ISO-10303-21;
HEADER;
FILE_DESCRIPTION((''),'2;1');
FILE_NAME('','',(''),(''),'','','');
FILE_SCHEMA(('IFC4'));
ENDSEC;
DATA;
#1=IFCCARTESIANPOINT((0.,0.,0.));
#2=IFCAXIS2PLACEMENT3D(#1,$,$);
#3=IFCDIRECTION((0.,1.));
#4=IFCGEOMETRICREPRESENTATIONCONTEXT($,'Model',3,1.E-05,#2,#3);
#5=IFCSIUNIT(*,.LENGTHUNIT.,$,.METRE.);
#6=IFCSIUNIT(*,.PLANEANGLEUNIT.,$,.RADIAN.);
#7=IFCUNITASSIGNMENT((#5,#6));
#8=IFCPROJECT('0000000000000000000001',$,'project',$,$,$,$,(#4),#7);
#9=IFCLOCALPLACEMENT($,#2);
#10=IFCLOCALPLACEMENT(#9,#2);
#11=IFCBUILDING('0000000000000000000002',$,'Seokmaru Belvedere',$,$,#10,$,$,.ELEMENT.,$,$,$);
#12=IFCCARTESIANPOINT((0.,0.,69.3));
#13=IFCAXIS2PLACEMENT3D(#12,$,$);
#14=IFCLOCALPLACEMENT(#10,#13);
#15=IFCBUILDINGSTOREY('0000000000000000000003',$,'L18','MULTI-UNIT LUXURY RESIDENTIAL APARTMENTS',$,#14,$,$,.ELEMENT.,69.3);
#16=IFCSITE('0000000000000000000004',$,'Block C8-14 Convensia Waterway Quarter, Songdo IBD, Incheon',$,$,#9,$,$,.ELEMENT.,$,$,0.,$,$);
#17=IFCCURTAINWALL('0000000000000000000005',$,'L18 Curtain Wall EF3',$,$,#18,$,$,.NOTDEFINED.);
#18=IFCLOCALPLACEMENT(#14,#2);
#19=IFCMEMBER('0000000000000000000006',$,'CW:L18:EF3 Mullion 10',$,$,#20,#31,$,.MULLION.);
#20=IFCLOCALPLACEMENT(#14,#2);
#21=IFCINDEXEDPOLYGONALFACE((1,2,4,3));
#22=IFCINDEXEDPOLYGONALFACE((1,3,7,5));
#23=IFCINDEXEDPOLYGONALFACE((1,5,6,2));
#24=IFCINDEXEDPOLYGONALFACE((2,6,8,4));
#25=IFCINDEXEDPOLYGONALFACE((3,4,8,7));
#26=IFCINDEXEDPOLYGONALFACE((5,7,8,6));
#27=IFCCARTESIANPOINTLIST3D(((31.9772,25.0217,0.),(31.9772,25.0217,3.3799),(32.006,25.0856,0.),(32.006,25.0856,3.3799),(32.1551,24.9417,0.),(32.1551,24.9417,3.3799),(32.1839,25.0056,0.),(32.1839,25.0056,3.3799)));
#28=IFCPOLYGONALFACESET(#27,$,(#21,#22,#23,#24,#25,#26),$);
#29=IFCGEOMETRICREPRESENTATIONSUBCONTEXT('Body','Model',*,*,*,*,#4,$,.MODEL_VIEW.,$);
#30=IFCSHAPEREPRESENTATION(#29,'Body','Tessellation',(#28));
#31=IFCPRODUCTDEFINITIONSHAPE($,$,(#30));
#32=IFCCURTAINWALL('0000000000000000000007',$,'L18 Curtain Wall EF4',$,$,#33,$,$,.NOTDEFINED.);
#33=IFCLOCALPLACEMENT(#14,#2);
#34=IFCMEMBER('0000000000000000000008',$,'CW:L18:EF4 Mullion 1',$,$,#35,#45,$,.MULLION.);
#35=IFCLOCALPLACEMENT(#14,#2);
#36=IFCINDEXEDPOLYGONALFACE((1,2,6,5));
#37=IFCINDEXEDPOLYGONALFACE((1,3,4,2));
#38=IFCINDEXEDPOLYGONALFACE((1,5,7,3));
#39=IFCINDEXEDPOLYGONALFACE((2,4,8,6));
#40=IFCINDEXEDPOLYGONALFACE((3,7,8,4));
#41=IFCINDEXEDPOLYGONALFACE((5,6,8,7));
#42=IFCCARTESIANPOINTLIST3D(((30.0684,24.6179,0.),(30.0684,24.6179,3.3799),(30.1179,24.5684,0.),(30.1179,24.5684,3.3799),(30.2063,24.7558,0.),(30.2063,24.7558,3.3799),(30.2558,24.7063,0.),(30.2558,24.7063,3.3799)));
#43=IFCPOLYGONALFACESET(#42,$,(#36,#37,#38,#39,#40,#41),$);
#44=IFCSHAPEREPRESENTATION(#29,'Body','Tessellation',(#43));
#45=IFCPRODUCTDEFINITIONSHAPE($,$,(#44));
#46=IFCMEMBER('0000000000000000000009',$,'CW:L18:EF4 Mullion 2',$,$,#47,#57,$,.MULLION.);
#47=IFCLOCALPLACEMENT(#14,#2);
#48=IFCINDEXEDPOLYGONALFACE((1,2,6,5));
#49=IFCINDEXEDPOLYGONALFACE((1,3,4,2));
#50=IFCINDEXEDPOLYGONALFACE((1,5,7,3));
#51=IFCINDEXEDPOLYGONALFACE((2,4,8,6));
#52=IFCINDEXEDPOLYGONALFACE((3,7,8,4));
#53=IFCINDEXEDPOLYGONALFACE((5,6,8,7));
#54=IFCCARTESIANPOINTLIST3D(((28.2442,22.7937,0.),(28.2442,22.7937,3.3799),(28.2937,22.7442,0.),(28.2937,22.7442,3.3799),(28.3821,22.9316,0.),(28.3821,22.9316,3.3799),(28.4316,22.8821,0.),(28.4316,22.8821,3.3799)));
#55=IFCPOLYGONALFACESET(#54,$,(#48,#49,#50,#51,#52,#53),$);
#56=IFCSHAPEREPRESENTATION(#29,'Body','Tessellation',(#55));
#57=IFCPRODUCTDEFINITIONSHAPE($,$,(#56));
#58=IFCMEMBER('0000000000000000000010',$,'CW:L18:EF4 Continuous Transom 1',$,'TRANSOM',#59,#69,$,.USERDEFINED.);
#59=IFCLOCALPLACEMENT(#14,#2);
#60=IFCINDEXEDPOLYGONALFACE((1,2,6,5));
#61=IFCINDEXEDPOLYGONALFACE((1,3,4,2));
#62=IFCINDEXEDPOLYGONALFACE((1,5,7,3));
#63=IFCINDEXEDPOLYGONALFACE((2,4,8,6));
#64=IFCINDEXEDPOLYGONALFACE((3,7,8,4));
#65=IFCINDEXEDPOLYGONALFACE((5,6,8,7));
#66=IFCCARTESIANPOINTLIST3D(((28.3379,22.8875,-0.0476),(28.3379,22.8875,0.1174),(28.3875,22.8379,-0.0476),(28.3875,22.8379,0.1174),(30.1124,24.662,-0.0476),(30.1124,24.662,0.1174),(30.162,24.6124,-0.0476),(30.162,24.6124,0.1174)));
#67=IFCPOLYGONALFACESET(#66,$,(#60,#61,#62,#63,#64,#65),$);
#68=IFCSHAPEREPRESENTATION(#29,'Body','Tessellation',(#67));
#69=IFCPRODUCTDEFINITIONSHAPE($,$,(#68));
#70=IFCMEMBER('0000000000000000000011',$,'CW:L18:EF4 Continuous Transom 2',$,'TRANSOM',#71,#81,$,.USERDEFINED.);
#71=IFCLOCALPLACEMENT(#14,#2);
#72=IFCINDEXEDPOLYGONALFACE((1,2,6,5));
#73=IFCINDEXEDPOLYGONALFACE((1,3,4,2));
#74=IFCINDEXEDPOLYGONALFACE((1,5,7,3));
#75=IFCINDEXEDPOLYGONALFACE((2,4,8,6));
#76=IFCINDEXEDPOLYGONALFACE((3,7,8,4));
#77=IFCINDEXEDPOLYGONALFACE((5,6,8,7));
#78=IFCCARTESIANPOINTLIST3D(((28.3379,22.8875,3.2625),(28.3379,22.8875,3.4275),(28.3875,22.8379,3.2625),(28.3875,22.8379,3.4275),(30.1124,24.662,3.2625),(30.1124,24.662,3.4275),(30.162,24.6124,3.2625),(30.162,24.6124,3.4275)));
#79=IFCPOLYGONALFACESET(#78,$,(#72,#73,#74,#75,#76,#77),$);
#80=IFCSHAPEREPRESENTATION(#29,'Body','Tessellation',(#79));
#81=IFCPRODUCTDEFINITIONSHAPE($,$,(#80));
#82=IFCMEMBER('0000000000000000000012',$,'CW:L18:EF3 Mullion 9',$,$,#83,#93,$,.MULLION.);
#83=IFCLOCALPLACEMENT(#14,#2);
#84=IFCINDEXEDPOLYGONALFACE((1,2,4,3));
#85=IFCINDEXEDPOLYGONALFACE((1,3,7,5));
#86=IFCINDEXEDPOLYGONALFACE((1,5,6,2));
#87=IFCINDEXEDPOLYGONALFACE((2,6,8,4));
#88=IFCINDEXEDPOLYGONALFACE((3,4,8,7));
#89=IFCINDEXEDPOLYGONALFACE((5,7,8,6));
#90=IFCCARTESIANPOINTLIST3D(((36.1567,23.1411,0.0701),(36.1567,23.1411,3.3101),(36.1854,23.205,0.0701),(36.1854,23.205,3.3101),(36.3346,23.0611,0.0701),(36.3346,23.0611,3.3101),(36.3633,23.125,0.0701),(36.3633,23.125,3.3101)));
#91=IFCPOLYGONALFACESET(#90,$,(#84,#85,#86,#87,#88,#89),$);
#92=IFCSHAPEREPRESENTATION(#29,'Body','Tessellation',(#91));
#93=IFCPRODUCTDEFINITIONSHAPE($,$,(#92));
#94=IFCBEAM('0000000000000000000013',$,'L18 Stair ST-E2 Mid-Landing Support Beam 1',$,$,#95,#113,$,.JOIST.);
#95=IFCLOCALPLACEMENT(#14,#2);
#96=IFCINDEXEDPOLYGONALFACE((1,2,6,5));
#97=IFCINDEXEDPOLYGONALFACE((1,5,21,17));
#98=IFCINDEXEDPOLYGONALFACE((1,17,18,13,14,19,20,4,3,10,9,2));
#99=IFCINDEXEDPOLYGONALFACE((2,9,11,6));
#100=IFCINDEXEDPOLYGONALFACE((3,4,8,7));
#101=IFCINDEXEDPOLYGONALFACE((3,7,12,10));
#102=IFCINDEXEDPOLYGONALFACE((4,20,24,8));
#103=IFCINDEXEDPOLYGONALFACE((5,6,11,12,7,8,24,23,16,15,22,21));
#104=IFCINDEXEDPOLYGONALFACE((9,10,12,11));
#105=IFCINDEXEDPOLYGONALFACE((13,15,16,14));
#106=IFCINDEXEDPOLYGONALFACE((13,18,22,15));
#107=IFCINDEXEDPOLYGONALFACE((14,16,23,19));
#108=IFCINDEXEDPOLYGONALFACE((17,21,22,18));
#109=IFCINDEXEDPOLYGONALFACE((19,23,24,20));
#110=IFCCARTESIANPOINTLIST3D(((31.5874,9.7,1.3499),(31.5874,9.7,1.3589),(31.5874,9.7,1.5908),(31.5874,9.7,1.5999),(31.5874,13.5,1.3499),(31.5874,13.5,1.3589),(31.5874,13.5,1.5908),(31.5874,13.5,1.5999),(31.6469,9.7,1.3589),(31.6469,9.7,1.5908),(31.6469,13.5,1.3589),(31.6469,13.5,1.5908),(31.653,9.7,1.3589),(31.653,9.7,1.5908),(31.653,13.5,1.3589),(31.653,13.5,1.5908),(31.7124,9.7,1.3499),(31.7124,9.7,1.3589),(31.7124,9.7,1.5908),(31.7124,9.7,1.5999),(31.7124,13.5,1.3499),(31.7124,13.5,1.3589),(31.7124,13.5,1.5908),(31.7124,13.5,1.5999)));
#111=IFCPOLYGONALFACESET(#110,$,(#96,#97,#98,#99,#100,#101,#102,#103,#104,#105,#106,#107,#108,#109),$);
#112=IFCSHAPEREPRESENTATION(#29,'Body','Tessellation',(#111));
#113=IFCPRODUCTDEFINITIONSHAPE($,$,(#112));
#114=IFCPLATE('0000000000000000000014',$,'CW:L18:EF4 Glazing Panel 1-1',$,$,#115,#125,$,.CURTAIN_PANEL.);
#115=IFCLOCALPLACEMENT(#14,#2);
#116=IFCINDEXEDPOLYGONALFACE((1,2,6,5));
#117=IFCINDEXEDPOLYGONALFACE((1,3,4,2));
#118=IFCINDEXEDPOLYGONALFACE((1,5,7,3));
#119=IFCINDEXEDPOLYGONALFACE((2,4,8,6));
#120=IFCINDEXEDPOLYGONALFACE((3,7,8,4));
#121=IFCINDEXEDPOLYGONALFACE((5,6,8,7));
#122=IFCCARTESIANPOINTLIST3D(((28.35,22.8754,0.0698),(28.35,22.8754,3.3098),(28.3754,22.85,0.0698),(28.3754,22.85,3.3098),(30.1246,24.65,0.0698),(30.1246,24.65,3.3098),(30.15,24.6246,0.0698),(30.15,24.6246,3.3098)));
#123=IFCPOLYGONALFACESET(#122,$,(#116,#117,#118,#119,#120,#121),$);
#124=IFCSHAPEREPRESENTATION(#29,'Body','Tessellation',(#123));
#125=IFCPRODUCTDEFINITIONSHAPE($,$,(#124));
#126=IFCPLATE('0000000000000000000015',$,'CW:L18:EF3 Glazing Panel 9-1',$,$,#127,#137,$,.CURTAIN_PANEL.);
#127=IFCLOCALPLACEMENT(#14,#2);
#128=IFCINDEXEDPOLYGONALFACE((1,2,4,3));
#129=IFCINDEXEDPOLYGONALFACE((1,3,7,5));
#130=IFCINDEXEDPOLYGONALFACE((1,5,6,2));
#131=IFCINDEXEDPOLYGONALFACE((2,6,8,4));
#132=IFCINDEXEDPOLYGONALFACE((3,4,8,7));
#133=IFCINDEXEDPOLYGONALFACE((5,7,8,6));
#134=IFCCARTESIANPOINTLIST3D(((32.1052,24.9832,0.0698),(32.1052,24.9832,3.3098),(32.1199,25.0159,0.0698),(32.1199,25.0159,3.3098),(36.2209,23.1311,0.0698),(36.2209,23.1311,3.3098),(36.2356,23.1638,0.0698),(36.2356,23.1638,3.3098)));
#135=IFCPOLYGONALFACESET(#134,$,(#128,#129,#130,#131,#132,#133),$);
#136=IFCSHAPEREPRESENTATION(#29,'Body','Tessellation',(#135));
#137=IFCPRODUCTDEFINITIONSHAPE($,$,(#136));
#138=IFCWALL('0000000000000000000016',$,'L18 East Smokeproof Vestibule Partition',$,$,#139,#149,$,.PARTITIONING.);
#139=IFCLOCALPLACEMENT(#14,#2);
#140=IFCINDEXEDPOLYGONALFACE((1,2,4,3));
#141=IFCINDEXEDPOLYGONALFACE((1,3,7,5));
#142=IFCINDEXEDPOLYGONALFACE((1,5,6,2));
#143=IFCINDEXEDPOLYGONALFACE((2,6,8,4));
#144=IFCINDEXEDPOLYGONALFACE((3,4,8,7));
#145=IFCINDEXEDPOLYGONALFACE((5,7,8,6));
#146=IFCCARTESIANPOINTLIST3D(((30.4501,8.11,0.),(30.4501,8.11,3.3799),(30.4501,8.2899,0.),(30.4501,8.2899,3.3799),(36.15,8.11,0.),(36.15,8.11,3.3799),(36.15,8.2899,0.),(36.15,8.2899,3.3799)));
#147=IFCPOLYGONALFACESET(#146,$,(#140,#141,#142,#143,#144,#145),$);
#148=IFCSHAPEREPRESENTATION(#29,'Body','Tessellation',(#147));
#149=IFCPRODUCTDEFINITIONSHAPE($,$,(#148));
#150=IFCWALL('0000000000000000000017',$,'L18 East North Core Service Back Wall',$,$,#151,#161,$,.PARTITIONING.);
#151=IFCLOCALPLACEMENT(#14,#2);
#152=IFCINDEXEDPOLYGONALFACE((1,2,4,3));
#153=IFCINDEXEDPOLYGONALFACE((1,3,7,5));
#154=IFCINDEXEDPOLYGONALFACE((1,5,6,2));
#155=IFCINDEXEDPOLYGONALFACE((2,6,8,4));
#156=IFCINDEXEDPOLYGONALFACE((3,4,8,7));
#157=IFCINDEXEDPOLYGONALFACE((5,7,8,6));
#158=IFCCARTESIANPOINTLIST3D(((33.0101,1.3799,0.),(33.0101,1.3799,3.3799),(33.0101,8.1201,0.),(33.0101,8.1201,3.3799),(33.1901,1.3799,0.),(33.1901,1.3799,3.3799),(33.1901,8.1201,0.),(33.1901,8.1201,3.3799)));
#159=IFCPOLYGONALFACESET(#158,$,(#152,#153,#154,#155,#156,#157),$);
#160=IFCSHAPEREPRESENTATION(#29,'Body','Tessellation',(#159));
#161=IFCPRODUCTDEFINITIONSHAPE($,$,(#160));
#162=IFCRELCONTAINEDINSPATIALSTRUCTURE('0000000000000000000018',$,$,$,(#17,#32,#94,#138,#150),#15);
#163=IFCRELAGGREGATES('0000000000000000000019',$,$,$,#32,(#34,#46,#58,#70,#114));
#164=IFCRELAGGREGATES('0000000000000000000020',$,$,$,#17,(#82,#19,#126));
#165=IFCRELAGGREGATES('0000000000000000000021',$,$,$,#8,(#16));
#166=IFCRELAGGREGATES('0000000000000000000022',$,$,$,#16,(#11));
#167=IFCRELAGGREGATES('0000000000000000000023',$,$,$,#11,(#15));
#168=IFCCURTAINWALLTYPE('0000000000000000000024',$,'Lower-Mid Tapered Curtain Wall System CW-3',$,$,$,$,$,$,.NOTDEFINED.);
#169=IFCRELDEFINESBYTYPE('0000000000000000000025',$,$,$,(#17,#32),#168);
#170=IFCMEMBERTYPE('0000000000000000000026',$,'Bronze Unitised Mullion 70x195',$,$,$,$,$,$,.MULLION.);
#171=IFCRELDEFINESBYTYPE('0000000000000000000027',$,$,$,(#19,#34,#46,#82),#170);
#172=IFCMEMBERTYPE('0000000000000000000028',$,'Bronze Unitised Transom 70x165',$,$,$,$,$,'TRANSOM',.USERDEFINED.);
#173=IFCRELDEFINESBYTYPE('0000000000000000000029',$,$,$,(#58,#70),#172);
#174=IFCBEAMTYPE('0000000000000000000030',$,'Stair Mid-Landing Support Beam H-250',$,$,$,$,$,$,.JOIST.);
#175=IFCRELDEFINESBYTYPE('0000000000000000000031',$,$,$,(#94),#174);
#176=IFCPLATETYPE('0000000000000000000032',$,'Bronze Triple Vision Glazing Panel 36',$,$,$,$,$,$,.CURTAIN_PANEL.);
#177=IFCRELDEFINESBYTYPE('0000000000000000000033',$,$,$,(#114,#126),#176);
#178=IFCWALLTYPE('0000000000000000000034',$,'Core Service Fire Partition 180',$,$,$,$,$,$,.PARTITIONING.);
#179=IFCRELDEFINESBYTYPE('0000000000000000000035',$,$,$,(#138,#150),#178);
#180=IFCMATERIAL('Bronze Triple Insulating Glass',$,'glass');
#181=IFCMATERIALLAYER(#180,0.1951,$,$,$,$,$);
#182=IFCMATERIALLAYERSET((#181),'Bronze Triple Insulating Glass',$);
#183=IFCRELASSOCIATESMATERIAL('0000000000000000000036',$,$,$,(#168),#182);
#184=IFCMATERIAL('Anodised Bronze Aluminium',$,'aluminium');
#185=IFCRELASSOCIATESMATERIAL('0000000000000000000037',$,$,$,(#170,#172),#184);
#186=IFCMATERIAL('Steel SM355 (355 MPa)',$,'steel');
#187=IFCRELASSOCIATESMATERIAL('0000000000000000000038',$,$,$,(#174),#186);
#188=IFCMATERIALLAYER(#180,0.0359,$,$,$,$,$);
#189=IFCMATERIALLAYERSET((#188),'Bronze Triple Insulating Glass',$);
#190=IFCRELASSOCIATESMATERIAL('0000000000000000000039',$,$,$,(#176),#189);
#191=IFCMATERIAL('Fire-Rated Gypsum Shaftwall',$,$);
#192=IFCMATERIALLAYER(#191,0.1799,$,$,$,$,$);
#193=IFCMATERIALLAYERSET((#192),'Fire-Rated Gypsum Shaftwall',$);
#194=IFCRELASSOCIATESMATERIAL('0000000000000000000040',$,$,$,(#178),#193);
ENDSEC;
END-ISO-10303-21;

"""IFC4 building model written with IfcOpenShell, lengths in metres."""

from ifc_helpers import new_model, si_unit, direction, frame, frame_2d, origin, origin_2d, place, context, subcontext, project, spatial, rectangle, i_section, extrude, source, transform, mapped, material, layer, layer_set, material_profile, profile_set, type_object, type_shapes, element, aggregate, save


model = new_model("IFC4")

# Units and contexts
model_context = context("Model", 3, precision=1e-05, world=origin(), true_north=direction((0.0, 1.0)))
body_context = subcontext(model_context, "Body", "Model", "MODEL_VIEW")
ifc_project = project(units=[si_unit("LENGTHUNIT", "METRE"), si_unit("PLANEANGLEUNIT", "RADIAN")], contexts=[model_context])

# Site, building, storey
site_placement = place(None, origin())
site = spatial("IfcSite", under=ifc_project, at=site_placement, Name="Block C8-14 Convensia Waterway Quarter, Songdo IBD, Incheon", CompositionType="ELEMENT", RefElevation=0.0)
building_placement = place(site_placement, origin())
building = spatial("IfcBuilding", under=site, at=building_placement, Name="Seokmaru Belvedere", CompositionType="ELEMENT")
storey_placement = place(building_placement, frame((0.0, 0.0, 69.3)))
storey = spatial("IfcBuildingStorey", under=building, at=storey_placement, Name="L18", Description="MULTI-UNIT LUXURY RESIDENTIAL APARTMENTS", CompositionType="ELEMENT", Elevation=69.3)

# Shared definitions
ifc_material_1 = material(Name="Steel SM355 (355 MPa)", Category="steel")

# Curtain wall, member
ifc_material_2 = material(Name="Bronze Triple Insulating Glass", Category="glass")
ifc_layer_1 = layer(ifc_material_2, 0.1951)
ifc_layer_set_1 = layer_set([ifc_layer_1], Name="Bronze Triple Insulating Glass")
curtain_wall_type = type_object("IfcCurtainWallType", Name="Lower-Mid Tapered Curtain Wall System CW-3", PredefinedType="NOTDEFINED", material=ifc_layer_set_1)
curtain_wall_1_placement = place(storey_placement, origin())
curtain_wall_1 = element("IfcCurtainWall", 1, at=curtain_wall_1_placement, inside=storey, type_object=curtain_wall_type, Name="L18 Curtain Wall EF3", PredefinedType="NOTDEFINED")
ifc_material_3 = material(Name="Anodised Bronze Aluminium", Category="aluminium")
ifc_material_profile_1 = material_profile(ifc_material_3, rectangle(XDim=0.0701, YDim=0.1951, at=origin_2d()), Name="CW-M-70x195")
ifc_profile_set_1 = profile_set([ifc_material_profile_1], Name="Anodised Bronze Aluminium")
member_type_1 = type_object("IfcMemberType", Name="Bronze Unitised Mullion 70x195", PredefinedType="MULLION", material=ifc_profile_set_1)
shared_shape_1 = source(origin(), body_context, "Body", "SweptSolid", [
    extrude(rectangle(XDim=0.0701, YDim=0.1951, at=origin_2d()), origin(), (0.0, 0.0, 1.0), 3.3799),
])
member_1_placement = place(storey_placement, frame((32.0806, 25.0137, 0.0), z_axis=(0.0, 0.0, 1.0), x_axis=(-0.410366, -0.911921, 0.0)))
member_1 = element("IfcMember", 2, at=member_1_placement, type_object=member_type_1, Name="CW:L18:EF3 Mullion 10", PredefinedType="MULLION", context=body_context, shape_type="MappedRepresentation", body=[
    mapped(shared_shape_1, transform((0.0, 0.0, 0.0), scale=1.0)),
])

# Curtain wall, members
curtain_wall_2_placement = place(storey_placement, origin())
curtain_wall_2 = element("IfcCurtainWall", 3, at=curtain_wall_2_placement, inside=storey, type_object=curtain_wall_type, Name="L18 Curtain Wall EF4", PredefinedType="NOTDEFINED")
member_2_placement = place(storey_placement, frame((30.1621, 24.6621, 0.0), z_axis=(0.0, 0.0, 1.0), x_axis=(0.707107, -0.707107, 0.0)))
member_2 = element("IfcMember", 4, at=member_2_placement, type_object=member_type_1, Name="CW:L18:EF4 Mullion 1", PredefinedType="MULLION", context=body_context, shape_type="MappedRepresentation", body=[
    mapped(shared_shape_1, transform((0.0, 0.0, 0.0), scale=1.0)),
])
member_3_placement = place(storey_placement, frame((28.3379, 22.8379, 0.0), z_axis=(0.0, 0.0, 1.0), x_axis=(0.707107, -0.707107, 0.0)))
member_3 = element("IfcMember", 5, at=member_3_placement, type_object=member_type_1, Name="CW:L18:EF4 Mullion 2", PredefinedType="MULLION", context=body_context, shape_type="MappedRepresentation", body=[
    mapped(shared_shape_1, transform((0.0, 0.0, 0.0), scale=1.0)),
])
ifc_material_profile_2 = material_profile(ifc_material_3, rectangle(XDim=0.0701, YDim=0.165, at=origin_2d()), Name="CW-T-70x165")
ifc_profile_set_2 = profile_set([ifc_material_profile_2], Name="Anodised Bronze Aluminium")
member_type_2 = type_object("IfcMemberType", Name="Bronze Unitised Transom 70x165", ElementType="TRANSOM", PredefinedType="USERDEFINED", material=ifc_profile_set_2)
shared_shape_2 = source(origin(), body_context, "Body", "SweptSolid", [
    extrude(rectangle(XDim=0.0701, YDim=0.165, at=origin_2d()), origin(), (0.0, 0.0, 1.0), 2.5095),
])
type_shapes(member_type_2, [shared_shape_2])
member_4_placement = place(storey_placement, frame((30.1372, 24.6372, 0.0349), z_axis=(-0.707107, -0.707107, 0.0), x_axis=(0.707107, -0.707107, 0.0)))
member_4 = element("IfcMember", 6, at=member_4_placement, type_object=member_type_2, Name="CW:L18:EF4 Continuous Transom 1", ObjectType="TRANSOM", PredefinedType="USERDEFINED", context=body_context, shape_type="MappedRepresentation", body=[
    mapped(shared_shape_2, transform((0.0, 0.0, 0.0), scale=1.0)),
])
member_5_placement = place(storey_placement, frame((30.1372, 24.6372, 3.345), z_axis=(-0.707107, -0.707107, 0.0), x_axis=(0.707107, -0.707107, 0.0)))
member_5 = element("IfcMember", 7, at=member_5_placement, type_object=member_type_2, Name="CW:L18:EF4 Continuous Transom 2", ObjectType="TRANSOM", PredefinedType="USERDEFINED", context=body_context, shape_type="MappedRepresentation", body=[
    mapped(shared_shape_2, transform((0.0, 0.0, 0.0), scale=1.0)),
])

# Member
shared_shape_3 = source(origin(), body_context, "Body", "SweptSolid", [
    extrude(rectangle(XDim=0.0701, YDim=0.1951, at=origin_2d()), origin(), (0.0, 0.0, 1.0), 3.24),
])
type_shapes(member_type_1, [shared_shape_1, shared_shape_3])
member_6_placement = place(storey_placement, frame((36.26, 23.1331, 0.0701), z_axis=(0.0, 0.0, 1.0), x_axis=(-0.410366, -0.911921, 0.0)))
member_6 = element("IfcMember", 8, at=member_6_placement, type_object=member_type_1, Name="CW:L18:EF3 Mullion 9", PredefinedType="MULLION", context=body_context, shape_type="MappedRepresentation", body=[
    mapped(shared_shape_3, transform((0.0, 0.0, 0.0), scale=1.0)),
])

# Beam
ifc_material_profile_3 = material_profile(ifc_material_1, i_section(OverallWidth=0.125, OverallDepth=0.25, WebThickness=0.0061, FlangeThickness=0.009, at=origin_2d()), Name="H-250x125x6x9")
ifc_profile_set_3 = profile_set([ifc_material_profile_3], Name="Steel SM355 (355 MPa)")
beam_type_1 = type_object("IfcBeamType", Name="Stair Mid-Landing Support Beam H-250", PredefinedType="JOIST", material=ifc_profile_set_3)
shared_shape_4 = source(origin(), body_context, "Body", "SweptSolid", [
    extrude(i_section(OverallWidth=0.125, OverallDepth=0.25, WebThickness=0.0061, FlangeThickness=0.009, at=origin_2d()), origin(), (0.0, 0.0, 1.0), 3.8),
])
type_shapes(beam_type_1, [shared_shape_4])
beam_1_placement = place(storey_placement, frame((31.6499, 9.7, 1.4749), z_axis=(0.0, 1.0, 0.0), x_axis=(-1.0, 0.0, 0.0)))
element("IfcBeam", 9, at=beam_1_placement, inside=storey, type_object=beam_type_1, Name="L18 Stair ST-E2 Mid-Landing Support Beam 1", PredefinedType="JOIST", context=body_context, shape_type="MappedRepresentation", body=[
    mapped(shared_shape_4, transform((0.0, 0.0, 0.0), scale=1.0)),
])

# Plates
ifc_layer_2 = layer(ifc_material_2, 0.0359)
ifc_layer_set_2 = layer_set([ifc_layer_2], Name="Bronze Triple Insulating Glass")
plate_type = type_object("IfcPlateType", Name="Bronze Triple Vision Glazing Panel 36", PredefinedType="CURTAIN_PANEL", material=ifc_layer_set_2)
shared_shape_5 = source(origin(), body_context, "Body", "SweptSolid", [
    extrude(rectangle(XDim=2.5098, YDim=0.0359, at=origin_2d()), origin(), (0.0, 0.0, 1.0), 3.24),
])
plate_1_placement = place(storey_placement, frame((29.25, 23.75, 0.0698), z_axis=(0.0, 0.0, 1.0), x_axis=(-0.707107, -0.707107, 0.0)))
plate_1 = element("IfcPlate", 10, at=plate_1_placement, type_object=plate_type, Name="CW:L18:EF4 Glazing Panel 1-1", PredefinedType="CURTAIN_PANEL", context=body_context, shape_type="MappedRepresentation", body=[
    mapped(shared_shape_5, transform((0.0, 0.0, 0.0), scale=1.0)),
])
aggregate(curtain_wall_2, [member_2, member_3, member_4, member_5, plate_1])
shared_shape_6 = source(origin(), body_context, "Body", "SweptSolid", [
    extrude(rectangle(XDim=4.5132, YDim=0.0359, at=origin_2d()), origin(), (0.0, 0.0, 1.0), 3.24),
])
type_shapes(plate_type, [shared_shape_5, shared_shape_6])
plate_2_placement = place(storey_placement, frame((34.1704, 24.0735, 0.0698), z_axis=(0.0, 0.0, 1.0), x_axis=(-0.911921, 0.410366, 0.0)))
plate_2 = element("IfcPlate", 11, at=plate_2_placement, type_object=plate_type, Name="CW:L18:EF3 Glazing Panel 9-1", PredefinedType="CURTAIN_PANEL", context=body_context, shape_type="MappedRepresentation", body=[
    mapped(shared_shape_6, transform((0.0, 0.0, 0.0), scale=1.0)),
])
aggregate(curtain_wall_1, [member_6, member_1, plate_2])

# Walls
ifc_material_4 = material(Name="Fire-Rated Gypsum Shaftwall")
ifc_layer_3 = layer(ifc_material_4, 0.1799)
ifc_layer_set_3 = layer_set([ifc_layer_3], Name="Fire-Rated Gypsum Shaftwall")
wall_type_1 = type_object("IfcWallType", Name="Core Service Fire Partition 180", PredefinedType="PARTITIONING", material=ifc_layer_set_3)
wall_1_placement = place(storey_placement, frame((30.45, 8.2, 0.0), z_axis=(0.0, 0.0, 1.0), x_axis=(1.0, 0.0, 0.0)))
element("IfcWall", 12, at=wall_1_placement, inside=storey, type_object=wall_type_1, Name="L18 East Smokeproof Vestibule Partition", PredefinedType="PARTITIONING", context=body_context, shape_type="SweptSolid", body=[
    extrude(rectangle(XDim=5.7, YDim=0.1799, at=frame_2d((2.8501, 0.0))), origin(), (0.0, 0.0, 1.0), 3.3799),
])
wall_2_placement = place(storey_placement, frame((33.1001, 1.3799, 0.0), z_axis=(0.0, 0.0, 1.0), x_axis=(0.0, 1.0, 0.0)))
element("IfcWall", 13, at=wall_2_placement, inside=storey, type_object=wall_type_1, Name="L18 East North Core Service Back Wall", PredefinedType="PARTITIONING", context=body_context, shape_type="SweptSolid", body=[
    extrude(rectangle(XDim=6.7402, YDim=0.1799, at=frame_2d((3.3701, 0.0))), origin(), (0.0, 0.0, 1.0), 3.3799),
])

save(model, "model.ifc")
